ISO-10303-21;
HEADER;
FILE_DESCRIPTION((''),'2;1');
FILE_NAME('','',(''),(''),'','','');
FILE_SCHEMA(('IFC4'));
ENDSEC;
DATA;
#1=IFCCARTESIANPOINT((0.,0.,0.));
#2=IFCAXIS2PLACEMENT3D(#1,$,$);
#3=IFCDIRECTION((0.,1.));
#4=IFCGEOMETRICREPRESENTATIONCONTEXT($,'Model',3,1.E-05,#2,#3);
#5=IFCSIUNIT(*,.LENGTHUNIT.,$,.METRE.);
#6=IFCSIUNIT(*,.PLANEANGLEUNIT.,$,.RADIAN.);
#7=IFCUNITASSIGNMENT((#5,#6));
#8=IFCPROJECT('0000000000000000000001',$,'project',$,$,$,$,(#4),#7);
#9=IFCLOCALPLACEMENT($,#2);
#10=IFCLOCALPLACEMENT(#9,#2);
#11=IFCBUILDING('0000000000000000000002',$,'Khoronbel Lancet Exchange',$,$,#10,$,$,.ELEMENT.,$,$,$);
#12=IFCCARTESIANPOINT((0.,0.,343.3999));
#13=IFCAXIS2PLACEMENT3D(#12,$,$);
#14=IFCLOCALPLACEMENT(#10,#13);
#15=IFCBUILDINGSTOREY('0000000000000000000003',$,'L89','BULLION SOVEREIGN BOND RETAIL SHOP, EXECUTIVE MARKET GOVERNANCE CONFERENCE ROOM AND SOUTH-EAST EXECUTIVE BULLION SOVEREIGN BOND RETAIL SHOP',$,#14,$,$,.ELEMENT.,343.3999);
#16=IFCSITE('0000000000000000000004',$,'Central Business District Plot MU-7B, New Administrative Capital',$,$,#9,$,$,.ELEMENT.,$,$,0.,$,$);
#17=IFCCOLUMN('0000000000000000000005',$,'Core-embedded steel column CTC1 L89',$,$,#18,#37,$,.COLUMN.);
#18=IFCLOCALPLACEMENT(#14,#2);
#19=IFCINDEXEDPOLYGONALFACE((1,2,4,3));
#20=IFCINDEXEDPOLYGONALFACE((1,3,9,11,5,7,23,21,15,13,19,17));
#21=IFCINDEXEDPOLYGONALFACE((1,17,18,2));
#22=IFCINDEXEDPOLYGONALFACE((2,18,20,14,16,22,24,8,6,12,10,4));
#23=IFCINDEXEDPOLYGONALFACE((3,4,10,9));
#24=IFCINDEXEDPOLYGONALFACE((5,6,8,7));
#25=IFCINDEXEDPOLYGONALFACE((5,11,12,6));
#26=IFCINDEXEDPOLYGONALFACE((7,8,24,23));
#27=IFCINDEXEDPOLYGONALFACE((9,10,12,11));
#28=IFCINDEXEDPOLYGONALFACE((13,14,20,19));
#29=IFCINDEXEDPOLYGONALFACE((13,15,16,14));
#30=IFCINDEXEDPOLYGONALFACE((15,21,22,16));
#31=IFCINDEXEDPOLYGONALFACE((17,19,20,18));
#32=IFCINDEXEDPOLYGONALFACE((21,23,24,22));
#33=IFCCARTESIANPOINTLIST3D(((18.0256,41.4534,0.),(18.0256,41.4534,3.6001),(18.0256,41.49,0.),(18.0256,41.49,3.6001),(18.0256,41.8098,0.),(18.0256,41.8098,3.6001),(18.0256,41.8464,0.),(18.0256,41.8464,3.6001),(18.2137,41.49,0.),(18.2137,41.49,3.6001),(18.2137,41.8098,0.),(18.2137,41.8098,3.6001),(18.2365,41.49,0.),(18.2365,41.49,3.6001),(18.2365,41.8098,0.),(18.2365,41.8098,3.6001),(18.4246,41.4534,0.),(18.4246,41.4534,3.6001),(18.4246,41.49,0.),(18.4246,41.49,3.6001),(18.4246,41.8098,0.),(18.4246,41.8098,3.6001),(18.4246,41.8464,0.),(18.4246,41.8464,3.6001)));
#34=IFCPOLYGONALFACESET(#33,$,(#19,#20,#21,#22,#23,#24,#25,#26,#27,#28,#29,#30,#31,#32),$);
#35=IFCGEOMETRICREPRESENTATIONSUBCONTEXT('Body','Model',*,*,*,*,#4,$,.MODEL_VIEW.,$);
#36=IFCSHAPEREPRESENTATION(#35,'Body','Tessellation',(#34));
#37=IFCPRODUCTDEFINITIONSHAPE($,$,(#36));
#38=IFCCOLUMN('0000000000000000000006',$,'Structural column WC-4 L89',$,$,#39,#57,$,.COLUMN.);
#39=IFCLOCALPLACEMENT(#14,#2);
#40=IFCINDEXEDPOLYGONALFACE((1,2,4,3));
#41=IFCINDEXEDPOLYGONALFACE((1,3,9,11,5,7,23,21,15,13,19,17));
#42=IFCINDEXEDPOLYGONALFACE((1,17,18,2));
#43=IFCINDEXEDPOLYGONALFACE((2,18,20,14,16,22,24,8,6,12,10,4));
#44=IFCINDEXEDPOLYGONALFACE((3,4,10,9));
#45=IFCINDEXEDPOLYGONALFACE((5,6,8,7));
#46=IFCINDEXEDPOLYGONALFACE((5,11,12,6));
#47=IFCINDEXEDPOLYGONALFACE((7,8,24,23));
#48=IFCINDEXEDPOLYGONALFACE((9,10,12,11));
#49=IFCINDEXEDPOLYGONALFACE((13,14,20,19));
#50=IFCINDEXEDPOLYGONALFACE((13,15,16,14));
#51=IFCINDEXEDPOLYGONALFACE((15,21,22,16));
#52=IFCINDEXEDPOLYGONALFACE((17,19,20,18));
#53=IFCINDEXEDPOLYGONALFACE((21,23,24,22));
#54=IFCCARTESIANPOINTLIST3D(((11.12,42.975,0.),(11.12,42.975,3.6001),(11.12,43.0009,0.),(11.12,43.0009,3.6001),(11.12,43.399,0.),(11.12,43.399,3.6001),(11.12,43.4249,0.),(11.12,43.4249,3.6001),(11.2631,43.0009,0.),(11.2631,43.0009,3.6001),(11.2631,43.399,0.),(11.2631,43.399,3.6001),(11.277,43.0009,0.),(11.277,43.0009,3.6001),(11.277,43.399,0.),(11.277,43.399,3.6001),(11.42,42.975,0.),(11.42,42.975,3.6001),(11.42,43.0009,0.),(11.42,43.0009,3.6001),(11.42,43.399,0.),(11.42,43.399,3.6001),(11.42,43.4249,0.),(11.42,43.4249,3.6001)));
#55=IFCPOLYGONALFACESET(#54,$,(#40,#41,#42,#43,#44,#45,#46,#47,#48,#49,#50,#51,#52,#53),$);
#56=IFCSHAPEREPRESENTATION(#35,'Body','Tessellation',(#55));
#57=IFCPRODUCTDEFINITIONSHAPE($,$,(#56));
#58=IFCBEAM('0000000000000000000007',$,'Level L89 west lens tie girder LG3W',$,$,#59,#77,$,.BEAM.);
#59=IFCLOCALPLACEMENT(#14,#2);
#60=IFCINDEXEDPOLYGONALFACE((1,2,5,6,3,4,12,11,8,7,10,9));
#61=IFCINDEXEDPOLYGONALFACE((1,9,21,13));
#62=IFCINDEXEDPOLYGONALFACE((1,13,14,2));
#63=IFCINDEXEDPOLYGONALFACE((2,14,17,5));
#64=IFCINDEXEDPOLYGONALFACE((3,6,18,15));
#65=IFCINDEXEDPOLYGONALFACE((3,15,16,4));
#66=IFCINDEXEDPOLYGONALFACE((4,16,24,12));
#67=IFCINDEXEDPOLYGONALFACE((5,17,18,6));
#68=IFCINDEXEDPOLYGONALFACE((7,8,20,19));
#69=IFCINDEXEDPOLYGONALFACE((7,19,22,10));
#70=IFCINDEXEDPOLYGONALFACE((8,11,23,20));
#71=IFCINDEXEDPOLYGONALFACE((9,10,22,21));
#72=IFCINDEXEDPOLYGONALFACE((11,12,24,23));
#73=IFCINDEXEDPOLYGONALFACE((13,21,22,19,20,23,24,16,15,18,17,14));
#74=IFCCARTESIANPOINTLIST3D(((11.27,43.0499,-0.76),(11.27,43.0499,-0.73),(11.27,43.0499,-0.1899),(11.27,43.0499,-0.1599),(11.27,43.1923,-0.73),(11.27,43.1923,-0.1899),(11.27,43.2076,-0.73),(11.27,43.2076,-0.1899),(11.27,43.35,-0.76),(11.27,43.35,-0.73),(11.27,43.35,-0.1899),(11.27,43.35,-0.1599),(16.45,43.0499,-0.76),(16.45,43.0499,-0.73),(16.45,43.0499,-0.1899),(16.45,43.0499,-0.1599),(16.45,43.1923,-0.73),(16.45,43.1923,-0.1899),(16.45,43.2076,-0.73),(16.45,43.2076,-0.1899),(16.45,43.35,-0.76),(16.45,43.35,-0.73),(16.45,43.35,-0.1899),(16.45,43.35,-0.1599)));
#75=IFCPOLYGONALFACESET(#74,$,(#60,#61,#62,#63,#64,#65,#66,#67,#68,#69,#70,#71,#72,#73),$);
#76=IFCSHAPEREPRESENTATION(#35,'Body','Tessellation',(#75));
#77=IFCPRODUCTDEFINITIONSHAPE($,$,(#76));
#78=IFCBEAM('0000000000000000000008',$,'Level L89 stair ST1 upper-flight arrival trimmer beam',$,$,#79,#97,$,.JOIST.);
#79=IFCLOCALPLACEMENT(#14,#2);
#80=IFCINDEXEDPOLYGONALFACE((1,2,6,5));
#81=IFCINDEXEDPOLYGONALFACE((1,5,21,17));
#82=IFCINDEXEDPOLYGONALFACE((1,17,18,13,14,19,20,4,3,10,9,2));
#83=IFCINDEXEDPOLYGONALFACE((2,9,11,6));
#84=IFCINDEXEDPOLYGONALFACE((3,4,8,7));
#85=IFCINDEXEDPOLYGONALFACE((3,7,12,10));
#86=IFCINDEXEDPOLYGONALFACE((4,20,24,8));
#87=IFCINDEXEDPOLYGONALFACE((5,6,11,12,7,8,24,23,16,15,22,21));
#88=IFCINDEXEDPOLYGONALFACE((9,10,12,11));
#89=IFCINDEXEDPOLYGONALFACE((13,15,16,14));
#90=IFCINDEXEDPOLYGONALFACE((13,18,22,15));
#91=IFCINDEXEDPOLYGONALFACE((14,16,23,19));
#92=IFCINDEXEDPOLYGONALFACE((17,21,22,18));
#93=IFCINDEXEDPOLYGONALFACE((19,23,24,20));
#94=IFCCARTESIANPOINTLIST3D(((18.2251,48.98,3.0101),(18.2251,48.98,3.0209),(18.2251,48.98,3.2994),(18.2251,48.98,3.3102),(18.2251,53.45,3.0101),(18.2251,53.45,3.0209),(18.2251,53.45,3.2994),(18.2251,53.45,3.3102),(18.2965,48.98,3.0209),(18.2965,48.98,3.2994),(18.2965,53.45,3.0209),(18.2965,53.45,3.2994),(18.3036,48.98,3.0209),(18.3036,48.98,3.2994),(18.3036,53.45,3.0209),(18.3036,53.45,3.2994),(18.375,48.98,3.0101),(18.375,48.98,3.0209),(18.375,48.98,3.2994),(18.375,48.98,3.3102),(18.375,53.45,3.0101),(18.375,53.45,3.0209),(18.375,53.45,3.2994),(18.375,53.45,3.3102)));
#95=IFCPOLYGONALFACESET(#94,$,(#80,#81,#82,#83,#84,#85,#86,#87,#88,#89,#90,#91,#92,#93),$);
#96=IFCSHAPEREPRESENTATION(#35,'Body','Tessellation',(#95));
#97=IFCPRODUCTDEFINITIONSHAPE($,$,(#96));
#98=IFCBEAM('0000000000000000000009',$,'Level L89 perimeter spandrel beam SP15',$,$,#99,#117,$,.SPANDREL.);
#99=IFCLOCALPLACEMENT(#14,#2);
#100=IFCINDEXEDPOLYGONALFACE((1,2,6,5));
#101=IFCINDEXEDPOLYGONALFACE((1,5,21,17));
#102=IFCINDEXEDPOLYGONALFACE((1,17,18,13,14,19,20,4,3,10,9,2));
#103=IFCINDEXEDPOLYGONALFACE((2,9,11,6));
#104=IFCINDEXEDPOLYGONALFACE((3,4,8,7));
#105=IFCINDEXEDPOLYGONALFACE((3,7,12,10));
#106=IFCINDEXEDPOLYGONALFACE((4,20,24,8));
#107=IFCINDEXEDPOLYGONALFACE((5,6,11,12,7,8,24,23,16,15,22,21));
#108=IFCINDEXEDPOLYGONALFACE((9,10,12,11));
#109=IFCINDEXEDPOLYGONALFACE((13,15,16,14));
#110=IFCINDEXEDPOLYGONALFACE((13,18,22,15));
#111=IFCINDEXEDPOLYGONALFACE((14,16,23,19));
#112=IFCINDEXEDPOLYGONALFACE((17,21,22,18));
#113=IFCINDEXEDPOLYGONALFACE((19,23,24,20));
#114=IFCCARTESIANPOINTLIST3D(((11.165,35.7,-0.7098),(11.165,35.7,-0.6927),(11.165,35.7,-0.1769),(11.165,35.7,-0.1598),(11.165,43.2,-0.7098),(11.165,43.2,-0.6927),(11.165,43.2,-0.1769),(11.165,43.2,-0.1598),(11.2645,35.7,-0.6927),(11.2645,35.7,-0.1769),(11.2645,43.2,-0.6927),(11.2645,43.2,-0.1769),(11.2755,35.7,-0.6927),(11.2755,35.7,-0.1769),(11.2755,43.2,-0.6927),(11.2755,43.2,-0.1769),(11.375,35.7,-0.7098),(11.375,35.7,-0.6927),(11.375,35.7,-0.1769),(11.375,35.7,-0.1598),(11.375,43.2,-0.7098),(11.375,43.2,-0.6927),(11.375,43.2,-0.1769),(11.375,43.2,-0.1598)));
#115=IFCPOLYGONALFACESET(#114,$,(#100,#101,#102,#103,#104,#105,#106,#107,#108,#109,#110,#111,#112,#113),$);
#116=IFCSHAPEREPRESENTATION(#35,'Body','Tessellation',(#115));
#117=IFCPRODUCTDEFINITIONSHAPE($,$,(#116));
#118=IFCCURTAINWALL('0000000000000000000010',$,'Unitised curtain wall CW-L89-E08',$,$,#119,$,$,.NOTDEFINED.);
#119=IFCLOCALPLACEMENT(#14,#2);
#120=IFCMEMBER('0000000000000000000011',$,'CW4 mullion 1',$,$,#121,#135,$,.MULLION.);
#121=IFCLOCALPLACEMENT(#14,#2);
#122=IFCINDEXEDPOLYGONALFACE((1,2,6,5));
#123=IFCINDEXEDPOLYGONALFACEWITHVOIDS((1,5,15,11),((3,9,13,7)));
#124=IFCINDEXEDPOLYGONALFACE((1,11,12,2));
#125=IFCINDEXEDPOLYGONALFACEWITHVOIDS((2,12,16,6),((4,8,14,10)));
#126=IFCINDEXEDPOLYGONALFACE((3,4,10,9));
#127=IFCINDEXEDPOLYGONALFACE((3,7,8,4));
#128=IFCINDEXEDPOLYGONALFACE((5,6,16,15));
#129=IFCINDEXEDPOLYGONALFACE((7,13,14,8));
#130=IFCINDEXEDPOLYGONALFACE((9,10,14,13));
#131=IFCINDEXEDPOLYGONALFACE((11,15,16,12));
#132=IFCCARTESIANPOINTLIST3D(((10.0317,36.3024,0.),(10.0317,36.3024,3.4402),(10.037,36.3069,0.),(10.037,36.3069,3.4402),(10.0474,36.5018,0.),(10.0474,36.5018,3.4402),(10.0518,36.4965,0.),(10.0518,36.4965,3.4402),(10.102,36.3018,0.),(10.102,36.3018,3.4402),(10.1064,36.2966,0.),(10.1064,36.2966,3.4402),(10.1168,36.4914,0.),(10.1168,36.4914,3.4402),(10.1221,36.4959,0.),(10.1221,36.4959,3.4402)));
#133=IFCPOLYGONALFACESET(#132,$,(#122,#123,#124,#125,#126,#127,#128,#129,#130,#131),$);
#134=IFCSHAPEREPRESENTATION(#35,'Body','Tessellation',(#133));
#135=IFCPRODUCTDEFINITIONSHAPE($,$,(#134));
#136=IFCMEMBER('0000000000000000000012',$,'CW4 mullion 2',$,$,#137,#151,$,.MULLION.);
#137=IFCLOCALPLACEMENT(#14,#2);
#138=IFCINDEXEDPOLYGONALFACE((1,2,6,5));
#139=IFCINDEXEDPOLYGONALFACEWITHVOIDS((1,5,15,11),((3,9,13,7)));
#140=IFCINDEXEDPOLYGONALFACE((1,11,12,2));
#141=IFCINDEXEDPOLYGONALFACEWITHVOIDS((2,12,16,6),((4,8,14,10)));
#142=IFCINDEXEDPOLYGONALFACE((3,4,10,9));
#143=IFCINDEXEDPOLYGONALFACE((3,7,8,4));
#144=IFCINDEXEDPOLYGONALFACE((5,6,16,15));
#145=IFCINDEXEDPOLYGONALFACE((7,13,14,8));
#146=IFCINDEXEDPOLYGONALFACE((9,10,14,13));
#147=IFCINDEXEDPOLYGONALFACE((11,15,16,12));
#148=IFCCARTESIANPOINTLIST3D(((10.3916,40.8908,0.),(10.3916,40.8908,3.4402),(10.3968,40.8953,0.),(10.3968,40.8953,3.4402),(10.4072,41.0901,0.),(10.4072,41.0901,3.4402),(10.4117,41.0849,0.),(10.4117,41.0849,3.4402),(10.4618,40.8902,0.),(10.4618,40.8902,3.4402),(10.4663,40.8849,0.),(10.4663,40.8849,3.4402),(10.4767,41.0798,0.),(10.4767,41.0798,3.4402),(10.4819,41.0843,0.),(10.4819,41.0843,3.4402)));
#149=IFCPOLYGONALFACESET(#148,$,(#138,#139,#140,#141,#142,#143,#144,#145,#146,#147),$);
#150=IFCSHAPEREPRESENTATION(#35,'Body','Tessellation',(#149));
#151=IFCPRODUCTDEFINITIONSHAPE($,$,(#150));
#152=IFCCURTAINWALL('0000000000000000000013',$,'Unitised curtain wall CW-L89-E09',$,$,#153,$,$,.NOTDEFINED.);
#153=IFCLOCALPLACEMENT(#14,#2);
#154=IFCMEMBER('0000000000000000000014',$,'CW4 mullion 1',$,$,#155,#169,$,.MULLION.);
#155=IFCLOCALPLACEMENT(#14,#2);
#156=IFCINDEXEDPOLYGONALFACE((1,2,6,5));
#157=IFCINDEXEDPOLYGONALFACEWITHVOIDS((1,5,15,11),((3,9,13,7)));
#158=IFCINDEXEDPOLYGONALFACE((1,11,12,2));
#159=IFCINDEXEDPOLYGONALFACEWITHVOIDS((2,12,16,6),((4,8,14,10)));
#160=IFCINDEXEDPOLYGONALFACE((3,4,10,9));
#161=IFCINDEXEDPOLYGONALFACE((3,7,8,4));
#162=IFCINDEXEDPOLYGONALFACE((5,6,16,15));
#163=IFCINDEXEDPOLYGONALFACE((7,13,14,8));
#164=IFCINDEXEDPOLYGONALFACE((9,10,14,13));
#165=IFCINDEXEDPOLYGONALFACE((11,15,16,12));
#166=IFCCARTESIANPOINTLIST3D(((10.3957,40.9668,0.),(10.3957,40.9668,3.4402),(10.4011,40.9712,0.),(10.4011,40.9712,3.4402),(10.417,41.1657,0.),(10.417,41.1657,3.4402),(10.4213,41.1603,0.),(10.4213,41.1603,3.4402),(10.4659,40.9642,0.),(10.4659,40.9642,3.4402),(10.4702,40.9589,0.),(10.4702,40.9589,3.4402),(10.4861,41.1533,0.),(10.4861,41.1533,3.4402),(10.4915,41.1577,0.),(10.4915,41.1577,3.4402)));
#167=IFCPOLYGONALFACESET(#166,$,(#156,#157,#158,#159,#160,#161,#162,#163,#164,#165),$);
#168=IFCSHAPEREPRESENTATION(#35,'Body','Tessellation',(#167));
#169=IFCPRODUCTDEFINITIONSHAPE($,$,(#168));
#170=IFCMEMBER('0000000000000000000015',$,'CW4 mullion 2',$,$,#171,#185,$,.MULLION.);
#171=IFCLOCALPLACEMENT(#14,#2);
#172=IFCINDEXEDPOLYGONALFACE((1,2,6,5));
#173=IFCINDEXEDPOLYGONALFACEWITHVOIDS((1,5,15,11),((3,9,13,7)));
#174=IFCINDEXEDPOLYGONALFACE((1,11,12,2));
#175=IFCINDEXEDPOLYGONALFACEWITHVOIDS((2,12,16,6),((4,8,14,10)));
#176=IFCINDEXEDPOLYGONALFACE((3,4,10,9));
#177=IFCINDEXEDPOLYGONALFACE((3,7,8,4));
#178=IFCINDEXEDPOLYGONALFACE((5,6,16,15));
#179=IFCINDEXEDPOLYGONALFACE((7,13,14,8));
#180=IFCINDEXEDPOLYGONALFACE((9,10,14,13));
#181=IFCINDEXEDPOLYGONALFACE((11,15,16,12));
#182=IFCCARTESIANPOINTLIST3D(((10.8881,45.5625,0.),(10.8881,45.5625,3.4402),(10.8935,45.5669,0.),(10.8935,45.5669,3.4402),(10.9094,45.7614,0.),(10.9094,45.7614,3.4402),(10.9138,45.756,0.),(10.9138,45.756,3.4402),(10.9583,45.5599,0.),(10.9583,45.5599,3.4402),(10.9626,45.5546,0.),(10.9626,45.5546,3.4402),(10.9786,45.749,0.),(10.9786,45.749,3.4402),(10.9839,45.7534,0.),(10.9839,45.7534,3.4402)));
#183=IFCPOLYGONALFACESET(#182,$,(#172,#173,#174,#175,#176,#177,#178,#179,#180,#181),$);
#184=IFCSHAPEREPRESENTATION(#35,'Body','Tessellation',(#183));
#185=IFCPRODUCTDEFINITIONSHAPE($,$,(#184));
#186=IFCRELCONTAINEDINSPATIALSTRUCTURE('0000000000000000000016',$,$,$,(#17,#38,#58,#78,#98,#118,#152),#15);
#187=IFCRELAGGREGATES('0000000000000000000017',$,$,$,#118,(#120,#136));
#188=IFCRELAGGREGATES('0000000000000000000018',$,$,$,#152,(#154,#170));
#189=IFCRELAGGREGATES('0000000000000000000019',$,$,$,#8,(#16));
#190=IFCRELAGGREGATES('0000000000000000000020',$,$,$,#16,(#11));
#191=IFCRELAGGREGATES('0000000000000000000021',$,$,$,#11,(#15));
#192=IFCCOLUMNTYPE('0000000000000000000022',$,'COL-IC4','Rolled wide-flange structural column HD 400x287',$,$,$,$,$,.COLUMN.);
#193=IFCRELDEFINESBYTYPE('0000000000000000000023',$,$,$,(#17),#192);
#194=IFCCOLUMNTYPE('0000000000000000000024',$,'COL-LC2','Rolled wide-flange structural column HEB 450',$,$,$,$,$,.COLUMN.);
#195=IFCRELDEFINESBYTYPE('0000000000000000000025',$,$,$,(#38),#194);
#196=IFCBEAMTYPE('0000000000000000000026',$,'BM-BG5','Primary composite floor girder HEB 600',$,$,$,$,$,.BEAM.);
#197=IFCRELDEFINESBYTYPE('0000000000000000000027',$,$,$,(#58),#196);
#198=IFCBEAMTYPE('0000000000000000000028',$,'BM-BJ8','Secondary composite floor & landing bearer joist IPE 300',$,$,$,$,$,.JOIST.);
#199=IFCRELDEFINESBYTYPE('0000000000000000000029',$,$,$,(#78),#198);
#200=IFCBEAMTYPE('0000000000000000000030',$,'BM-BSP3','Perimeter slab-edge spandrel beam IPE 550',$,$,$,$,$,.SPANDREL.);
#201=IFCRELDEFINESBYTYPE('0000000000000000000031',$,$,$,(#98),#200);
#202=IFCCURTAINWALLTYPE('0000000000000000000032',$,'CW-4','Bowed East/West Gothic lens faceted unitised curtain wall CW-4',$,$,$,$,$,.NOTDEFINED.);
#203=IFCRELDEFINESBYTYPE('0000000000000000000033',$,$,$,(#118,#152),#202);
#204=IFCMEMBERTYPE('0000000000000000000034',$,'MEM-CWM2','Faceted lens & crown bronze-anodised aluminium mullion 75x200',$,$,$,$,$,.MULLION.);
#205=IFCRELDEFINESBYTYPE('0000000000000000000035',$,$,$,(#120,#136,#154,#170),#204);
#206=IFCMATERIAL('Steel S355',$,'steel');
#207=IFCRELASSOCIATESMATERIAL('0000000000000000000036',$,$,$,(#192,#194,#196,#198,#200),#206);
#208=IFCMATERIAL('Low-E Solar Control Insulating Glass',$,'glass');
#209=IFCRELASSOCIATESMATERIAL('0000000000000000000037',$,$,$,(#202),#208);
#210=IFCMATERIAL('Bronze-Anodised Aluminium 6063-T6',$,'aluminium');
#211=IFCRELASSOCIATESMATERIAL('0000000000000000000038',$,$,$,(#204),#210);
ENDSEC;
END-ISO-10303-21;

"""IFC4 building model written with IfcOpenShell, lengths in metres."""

from ifc_helpers import new_model, si_unit, direction, frame, origin, origin_2d, place, context, subcontext, project, spatial, hollow_rectangle, i_section, extrude, material, material_profile, profile_set, type_object, element, aggregate, save


model = new_model("IFC4")

# Units and contexts
model_context = context("Model", 3, precision=1e-05, world=origin(), true_north=direction((0.0, 1.0)))
body_context = subcontext(model_context, "Body", "Model", "MODEL_VIEW")
ifc_project = project(units=[si_unit("LENGTHUNIT", "METRE"), si_unit("PLANEANGLEUNIT", "RADIAN")], contexts=[model_context])

# Site, building, storey
site_placement = place(None, origin())
site = spatial("IfcSite", under=ifc_project, at=site_placement, Name="Central Business District Plot MU-7B, New Administrative Capital", CompositionType="ELEMENT", RefElevation=0.0)
building_placement = place(site_placement, origin())
building = spatial("IfcBuilding", under=site, at=building_placement, Name="Khoronbel Lancet Exchange", CompositionType="ELEMENT")
storey_placement = place(building_placement, frame((0.0, 0.0, 343.3999)))
storey = spatial("IfcBuildingStorey", under=building, at=storey_placement, Name="L89", Description="BULLION SOVEREIGN BOND RETAIL SHOP, EXECUTIVE MARKET GOVERNANCE CONFERENCE ROOM AND SOUTH-EAST EXECUTIVE BULLION SOVEREIGN BOND RETAIL SHOP", CompositionType="ELEMENT", Elevation=343.3999)

# Columns
ifc_material_1 = material(Name="Steel S355", Category="steel")
ifc_material_profile_1 = material_profile(ifc_material_1, i_section(OverallWidth=0.3989, OverallDepth=0.3931, WebThickness=0.0227, FlangeThickness=0.0366, at=origin_2d()), Name="HD 400x287")
ifc_profile_set_1 = profile_set([ifc_material_profile_1], Name="Steel S355")
column_type_1 = type_object("IfcColumnType", Name="COL-IC4", Description="Rolled wide-flange structural column HD 400x287", PredefinedType="COLUMN", material=ifc_profile_set_1)
column_1_placement = place(storey_placement, frame((18.2251, 41.6499, 0.0), z_axis=(0.0, 0.0, 1.0), x_axis=(1.0, 0.0, 0.0)))
element("IfcColumn", 1, at=column_1_placement, inside=storey, type_object=column_type_1, Name="Core-embedded steel column CTC1 L89", PredefinedType="COLUMN", context=body_context, shape_type="SweptSolid", body=[
    extrude(i_section(OverallWidth=0.3989, OverallDepth=0.3931, WebThickness=0.0227, FlangeThickness=0.0366, at=origin_2d()), origin(), (0.0, 0.0, 1.0), 3.6001),
])
ifc_material_profile_2 = material_profile(ifc_material_1, i_section(OverallWidth=0.3, OverallDepth=0.45, WebThickness=0.0139, FlangeThickness=0.0259, at=origin_2d()), Name="HEB 450")
ifc_profile_set_2 = profile_set([ifc_material_profile_2], Name="Steel S355")
column_type_2 = type_object("IfcColumnType", Name="COL-LC2", Description="Rolled wide-flange structural column HEB 450", PredefinedType="COLUMN", material=ifc_profile_set_2)
column_2_placement = place(storey_placement, frame((11.27, 43.2, 0.0), z_axis=(0.0, 0.0, 1.0), x_axis=(1.0, 0.0, 0.0)))
element("IfcColumn", 2, at=column_2_placement, inside=storey, type_object=column_type_2, Name="Structural column WC-4 L89", PredefinedType="COLUMN", context=body_context, shape_type="SweptSolid", body=[
    extrude(i_section(OverallWidth=0.3, OverallDepth=0.45, WebThickness=0.0139, FlangeThickness=0.0259, at=origin_2d()), origin(), (0.0, 0.0, 1.0), 3.6001),
])

# Beams
ifc_material_profile_3 = material_profile(ifc_material_1, i_section(OverallWidth=0.3, OverallDepth=0.6001, WebThickness=0.0154, FlangeThickness=0.03, at=origin_2d()), Name="HEB 600")
ifc_profile_set_3 = profile_set([ifc_material_profile_3], Name="Steel S355")
beam_type_1 = type_object("IfcBeamType", Name="BM-BG5", Description="Primary composite floor girder HEB 600", PredefinedType="BEAM", material=ifc_profile_set_3)
beam_1_placement = place(storey_placement, frame((11.27, 43.2, -0.46), z_axis=(1.0, 0.0, 0.0), x_axis=(0.0, 1.0, 0.0)))
element("IfcBeam", 3, at=beam_1_placement, inside=storey, type_object=beam_type_1, Name="Level L89 west lens tie girder LG3W", PredefinedType="BEAM", context=body_context, shape_type="SweptSolid", body=[
    extrude(i_section(OverallWidth=0.3, OverallDepth=0.6001, WebThickness=0.0154, FlangeThickness=0.03, at=origin_2d()), origin(), (0.0, 0.0, 1.0), 5.1799),
])
ifc_material_profile_4 = material_profile(ifc_material_1, i_section(OverallWidth=0.1499, OverallDepth=0.3, WebThickness=0.0071, FlangeThickness=0.0107, at=origin_2d()), Name="IPE 300")
ifc_profile_set_4 = profile_set([ifc_material_profile_4], Name="Steel S355")
beam_type_2 = type_object("IfcBeamType", Name="BM-BJ8", Description="Secondary composite floor & landing bearer joist IPE 300", PredefinedType="JOIST", material=ifc_profile_set_4)
beam_2_placement = place(storey_placement, frame((18.3, 48.98, 3.1602), z_axis=(0.0, 1.0, 0.0), x_axis=(-1.0, 0.0, 0.0)))
element("IfcBeam", 4, at=beam_2_placement, inside=storey, type_object=beam_type_2, Name="Level L89 stair ST1 upper-flight arrival trimmer beam", PredefinedType="JOIST", context=body_context, shape_type="SweptSolid", body=[
    extrude(i_section(OverallWidth=0.1499, OverallDepth=0.3, WebThickness=0.0071, FlangeThickness=0.0107, at=origin_2d()), origin(), (0.0, 0.0, 1.0), 4.47),
])
ifc_material_profile_5 = material_profile(ifc_material_1, i_section(OverallWidth=0.21, OverallDepth=0.55, WebThickness=0.011, FlangeThickness=0.0171, at=origin_2d()), Name="IPE 550")
ifc_profile_set_5 = profile_set([ifc_material_profile_5], Name="Steel S355")
beam_type_3 = type_object("IfcBeamType", Name="BM-BSP3", Description="Perimeter slab-edge spandrel beam IPE 550", PredefinedType="SPANDREL", material=ifc_profile_set_5)
beam_3_placement = place(storey_placement, frame((11.27, 43.2, -0.4348), z_axis=(0.0, -1.0, 0.0), x_axis=(1.0, 0.0, 0.0)))
element("IfcBeam", 5, at=beam_3_placement, inside=storey, type_object=beam_type_3, Name="Level L89 perimeter spandrel beam SP15", PredefinedType="SPANDREL", context=body_context, shape_type="SweptSolid", body=[
    extrude(i_section(OverallWidth=0.21, OverallDepth=0.55, WebThickness=0.011, FlangeThickness=0.0171, at=origin_2d()), origin(), (0.0, 0.0, 1.0), 7.5),
])

# Curtain walls, members
ifc_material_2 = material(Name="Low-E Solar Control Insulating Glass", Category="glass")
curtain_wall_type = type_object("IfcCurtainWallType", Name="CW-4", Description="Bowed East/West Gothic lens faceted unitised curtain wall CW-4", PredefinedType="NOTDEFINED", material=ifc_material_2)
curtain_wall_1_placement = place(storey_placement, origin())
curtain_wall_1 = element("IfcCurtainWall", 6, at=curtain_wall_1_placement, inside=storey, type_object=curtain_wall_type, Name="Unitised curtain wall CW-L89-E08", PredefinedType="NOTDEFINED")
ifc_material_3 = material(Name="Bronze-Anodised Aluminium 6063-T6", Category="aluminium")
ifc_material_profile_6 = material_profile(ifc_material_3, hollow_rectangle(XDim=0.075, YDim=0.2, WallThickness=0.0049, at=origin_2d()), Name="ALU MULLION 75x200")
ifc_profile_set_6 = profile_set([ifc_material_profile_6], Name="Bronze-Anodised Aluminium 6063-T6")
member_type_1 = type_object("IfcMemberType", Name="MEM-CWM2", Description="Faceted lens & crown bronze-anodised aluminium mullion 75x200", PredefinedType="MULLION", material=ifc_profile_set_6)
member_1_placement = place(storey_placement, frame((10.0769, 36.3992, 0.0), z_axis=(0.0, 0.0, 1.0), x_axis=(-0.996939, 0.078184, 0.0)))
member_1 = element("IfcMember", 7, at=member_1_placement, type_object=member_type_1, Name="CW4 mullion 1", PredefinedType="MULLION", context=body_context, shape_type="SweptSolid", body=[
    extrude(hollow_rectangle(XDim=0.075, YDim=0.2, WallThickness=0.0049, at=origin_2d()), origin(), (0.0, 0.0, 1.0), 3.4402),
])
member_2_placement = place(storey_placement, frame((10.4368, 40.9875, 0.0), z_axis=(0.0, 0.0, 1.0), x_axis=(-0.996939, 0.078184, 0.0)))
member_2 = element("IfcMember", 8, at=member_2_placement, type_object=member_type_1, Name="CW4 mullion 2", PredefinedType="MULLION", context=body_context, shape_type="SweptSolid", body=[
    extrude(hollow_rectangle(XDim=0.075, YDim=0.2, WallThickness=0.0049, at=origin_2d()), origin(), (0.0, 0.0, 1.0), 3.4402),
])
curtain_wall_2_placement = place(storey_placement, origin())
curtain_wall_2 = element("IfcCurtainWall", 9, at=curtain_wall_2_placement, inside=storey, type_object=curtain_wall_type, Name="Unitised curtain wall CW-L89-E09", PredefinedType="NOTDEFINED")
member_3_placement = place(storey_placement, frame((10.4436, 41.0623, 0.0), z_axis=(0.0, 0.0, 1.0), x_axis=(-0.994309, 0.106538, 0.0)))
member_3 = element("IfcMember", 10, at=member_3_placement, type_object=member_type_1, Name="CW4 mullion 1", PredefinedType="MULLION", context=body_context, shape_type="SweptSolid", body=[
    extrude(hollow_rectangle(XDim=0.075, YDim=0.2, WallThickness=0.0049, at=origin_2d()), origin(), (0.0, 0.0, 1.0), 3.4402),
])
member_4_placement = place(storey_placement, frame((10.936, 45.658, 0.0), z_axis=(0.0, 0.0, 1.0), x_axis=(-0.994309, 0.106538, 0.0)))
member_4 = element("IfcMember", 11, at=member_4_placement, type_object=member_type_1, Name="CW4 mullion 2", PredefinedType="MULLION", context=body_context, shape_type="SweptSolid", body=[
    extrude(hollow_rectangle(XDim=0.075, YDim=0.2, WallThickness=0.0049, at=origin_2d()), origin(), (0.0, 0.0, 1.0), 3.4402),
])

aggregate(curtain_wall_1, [member_1, member_2])
aggregate(curtain_wall_2, [member_3, member_4])

save(model, "model.ifc")
